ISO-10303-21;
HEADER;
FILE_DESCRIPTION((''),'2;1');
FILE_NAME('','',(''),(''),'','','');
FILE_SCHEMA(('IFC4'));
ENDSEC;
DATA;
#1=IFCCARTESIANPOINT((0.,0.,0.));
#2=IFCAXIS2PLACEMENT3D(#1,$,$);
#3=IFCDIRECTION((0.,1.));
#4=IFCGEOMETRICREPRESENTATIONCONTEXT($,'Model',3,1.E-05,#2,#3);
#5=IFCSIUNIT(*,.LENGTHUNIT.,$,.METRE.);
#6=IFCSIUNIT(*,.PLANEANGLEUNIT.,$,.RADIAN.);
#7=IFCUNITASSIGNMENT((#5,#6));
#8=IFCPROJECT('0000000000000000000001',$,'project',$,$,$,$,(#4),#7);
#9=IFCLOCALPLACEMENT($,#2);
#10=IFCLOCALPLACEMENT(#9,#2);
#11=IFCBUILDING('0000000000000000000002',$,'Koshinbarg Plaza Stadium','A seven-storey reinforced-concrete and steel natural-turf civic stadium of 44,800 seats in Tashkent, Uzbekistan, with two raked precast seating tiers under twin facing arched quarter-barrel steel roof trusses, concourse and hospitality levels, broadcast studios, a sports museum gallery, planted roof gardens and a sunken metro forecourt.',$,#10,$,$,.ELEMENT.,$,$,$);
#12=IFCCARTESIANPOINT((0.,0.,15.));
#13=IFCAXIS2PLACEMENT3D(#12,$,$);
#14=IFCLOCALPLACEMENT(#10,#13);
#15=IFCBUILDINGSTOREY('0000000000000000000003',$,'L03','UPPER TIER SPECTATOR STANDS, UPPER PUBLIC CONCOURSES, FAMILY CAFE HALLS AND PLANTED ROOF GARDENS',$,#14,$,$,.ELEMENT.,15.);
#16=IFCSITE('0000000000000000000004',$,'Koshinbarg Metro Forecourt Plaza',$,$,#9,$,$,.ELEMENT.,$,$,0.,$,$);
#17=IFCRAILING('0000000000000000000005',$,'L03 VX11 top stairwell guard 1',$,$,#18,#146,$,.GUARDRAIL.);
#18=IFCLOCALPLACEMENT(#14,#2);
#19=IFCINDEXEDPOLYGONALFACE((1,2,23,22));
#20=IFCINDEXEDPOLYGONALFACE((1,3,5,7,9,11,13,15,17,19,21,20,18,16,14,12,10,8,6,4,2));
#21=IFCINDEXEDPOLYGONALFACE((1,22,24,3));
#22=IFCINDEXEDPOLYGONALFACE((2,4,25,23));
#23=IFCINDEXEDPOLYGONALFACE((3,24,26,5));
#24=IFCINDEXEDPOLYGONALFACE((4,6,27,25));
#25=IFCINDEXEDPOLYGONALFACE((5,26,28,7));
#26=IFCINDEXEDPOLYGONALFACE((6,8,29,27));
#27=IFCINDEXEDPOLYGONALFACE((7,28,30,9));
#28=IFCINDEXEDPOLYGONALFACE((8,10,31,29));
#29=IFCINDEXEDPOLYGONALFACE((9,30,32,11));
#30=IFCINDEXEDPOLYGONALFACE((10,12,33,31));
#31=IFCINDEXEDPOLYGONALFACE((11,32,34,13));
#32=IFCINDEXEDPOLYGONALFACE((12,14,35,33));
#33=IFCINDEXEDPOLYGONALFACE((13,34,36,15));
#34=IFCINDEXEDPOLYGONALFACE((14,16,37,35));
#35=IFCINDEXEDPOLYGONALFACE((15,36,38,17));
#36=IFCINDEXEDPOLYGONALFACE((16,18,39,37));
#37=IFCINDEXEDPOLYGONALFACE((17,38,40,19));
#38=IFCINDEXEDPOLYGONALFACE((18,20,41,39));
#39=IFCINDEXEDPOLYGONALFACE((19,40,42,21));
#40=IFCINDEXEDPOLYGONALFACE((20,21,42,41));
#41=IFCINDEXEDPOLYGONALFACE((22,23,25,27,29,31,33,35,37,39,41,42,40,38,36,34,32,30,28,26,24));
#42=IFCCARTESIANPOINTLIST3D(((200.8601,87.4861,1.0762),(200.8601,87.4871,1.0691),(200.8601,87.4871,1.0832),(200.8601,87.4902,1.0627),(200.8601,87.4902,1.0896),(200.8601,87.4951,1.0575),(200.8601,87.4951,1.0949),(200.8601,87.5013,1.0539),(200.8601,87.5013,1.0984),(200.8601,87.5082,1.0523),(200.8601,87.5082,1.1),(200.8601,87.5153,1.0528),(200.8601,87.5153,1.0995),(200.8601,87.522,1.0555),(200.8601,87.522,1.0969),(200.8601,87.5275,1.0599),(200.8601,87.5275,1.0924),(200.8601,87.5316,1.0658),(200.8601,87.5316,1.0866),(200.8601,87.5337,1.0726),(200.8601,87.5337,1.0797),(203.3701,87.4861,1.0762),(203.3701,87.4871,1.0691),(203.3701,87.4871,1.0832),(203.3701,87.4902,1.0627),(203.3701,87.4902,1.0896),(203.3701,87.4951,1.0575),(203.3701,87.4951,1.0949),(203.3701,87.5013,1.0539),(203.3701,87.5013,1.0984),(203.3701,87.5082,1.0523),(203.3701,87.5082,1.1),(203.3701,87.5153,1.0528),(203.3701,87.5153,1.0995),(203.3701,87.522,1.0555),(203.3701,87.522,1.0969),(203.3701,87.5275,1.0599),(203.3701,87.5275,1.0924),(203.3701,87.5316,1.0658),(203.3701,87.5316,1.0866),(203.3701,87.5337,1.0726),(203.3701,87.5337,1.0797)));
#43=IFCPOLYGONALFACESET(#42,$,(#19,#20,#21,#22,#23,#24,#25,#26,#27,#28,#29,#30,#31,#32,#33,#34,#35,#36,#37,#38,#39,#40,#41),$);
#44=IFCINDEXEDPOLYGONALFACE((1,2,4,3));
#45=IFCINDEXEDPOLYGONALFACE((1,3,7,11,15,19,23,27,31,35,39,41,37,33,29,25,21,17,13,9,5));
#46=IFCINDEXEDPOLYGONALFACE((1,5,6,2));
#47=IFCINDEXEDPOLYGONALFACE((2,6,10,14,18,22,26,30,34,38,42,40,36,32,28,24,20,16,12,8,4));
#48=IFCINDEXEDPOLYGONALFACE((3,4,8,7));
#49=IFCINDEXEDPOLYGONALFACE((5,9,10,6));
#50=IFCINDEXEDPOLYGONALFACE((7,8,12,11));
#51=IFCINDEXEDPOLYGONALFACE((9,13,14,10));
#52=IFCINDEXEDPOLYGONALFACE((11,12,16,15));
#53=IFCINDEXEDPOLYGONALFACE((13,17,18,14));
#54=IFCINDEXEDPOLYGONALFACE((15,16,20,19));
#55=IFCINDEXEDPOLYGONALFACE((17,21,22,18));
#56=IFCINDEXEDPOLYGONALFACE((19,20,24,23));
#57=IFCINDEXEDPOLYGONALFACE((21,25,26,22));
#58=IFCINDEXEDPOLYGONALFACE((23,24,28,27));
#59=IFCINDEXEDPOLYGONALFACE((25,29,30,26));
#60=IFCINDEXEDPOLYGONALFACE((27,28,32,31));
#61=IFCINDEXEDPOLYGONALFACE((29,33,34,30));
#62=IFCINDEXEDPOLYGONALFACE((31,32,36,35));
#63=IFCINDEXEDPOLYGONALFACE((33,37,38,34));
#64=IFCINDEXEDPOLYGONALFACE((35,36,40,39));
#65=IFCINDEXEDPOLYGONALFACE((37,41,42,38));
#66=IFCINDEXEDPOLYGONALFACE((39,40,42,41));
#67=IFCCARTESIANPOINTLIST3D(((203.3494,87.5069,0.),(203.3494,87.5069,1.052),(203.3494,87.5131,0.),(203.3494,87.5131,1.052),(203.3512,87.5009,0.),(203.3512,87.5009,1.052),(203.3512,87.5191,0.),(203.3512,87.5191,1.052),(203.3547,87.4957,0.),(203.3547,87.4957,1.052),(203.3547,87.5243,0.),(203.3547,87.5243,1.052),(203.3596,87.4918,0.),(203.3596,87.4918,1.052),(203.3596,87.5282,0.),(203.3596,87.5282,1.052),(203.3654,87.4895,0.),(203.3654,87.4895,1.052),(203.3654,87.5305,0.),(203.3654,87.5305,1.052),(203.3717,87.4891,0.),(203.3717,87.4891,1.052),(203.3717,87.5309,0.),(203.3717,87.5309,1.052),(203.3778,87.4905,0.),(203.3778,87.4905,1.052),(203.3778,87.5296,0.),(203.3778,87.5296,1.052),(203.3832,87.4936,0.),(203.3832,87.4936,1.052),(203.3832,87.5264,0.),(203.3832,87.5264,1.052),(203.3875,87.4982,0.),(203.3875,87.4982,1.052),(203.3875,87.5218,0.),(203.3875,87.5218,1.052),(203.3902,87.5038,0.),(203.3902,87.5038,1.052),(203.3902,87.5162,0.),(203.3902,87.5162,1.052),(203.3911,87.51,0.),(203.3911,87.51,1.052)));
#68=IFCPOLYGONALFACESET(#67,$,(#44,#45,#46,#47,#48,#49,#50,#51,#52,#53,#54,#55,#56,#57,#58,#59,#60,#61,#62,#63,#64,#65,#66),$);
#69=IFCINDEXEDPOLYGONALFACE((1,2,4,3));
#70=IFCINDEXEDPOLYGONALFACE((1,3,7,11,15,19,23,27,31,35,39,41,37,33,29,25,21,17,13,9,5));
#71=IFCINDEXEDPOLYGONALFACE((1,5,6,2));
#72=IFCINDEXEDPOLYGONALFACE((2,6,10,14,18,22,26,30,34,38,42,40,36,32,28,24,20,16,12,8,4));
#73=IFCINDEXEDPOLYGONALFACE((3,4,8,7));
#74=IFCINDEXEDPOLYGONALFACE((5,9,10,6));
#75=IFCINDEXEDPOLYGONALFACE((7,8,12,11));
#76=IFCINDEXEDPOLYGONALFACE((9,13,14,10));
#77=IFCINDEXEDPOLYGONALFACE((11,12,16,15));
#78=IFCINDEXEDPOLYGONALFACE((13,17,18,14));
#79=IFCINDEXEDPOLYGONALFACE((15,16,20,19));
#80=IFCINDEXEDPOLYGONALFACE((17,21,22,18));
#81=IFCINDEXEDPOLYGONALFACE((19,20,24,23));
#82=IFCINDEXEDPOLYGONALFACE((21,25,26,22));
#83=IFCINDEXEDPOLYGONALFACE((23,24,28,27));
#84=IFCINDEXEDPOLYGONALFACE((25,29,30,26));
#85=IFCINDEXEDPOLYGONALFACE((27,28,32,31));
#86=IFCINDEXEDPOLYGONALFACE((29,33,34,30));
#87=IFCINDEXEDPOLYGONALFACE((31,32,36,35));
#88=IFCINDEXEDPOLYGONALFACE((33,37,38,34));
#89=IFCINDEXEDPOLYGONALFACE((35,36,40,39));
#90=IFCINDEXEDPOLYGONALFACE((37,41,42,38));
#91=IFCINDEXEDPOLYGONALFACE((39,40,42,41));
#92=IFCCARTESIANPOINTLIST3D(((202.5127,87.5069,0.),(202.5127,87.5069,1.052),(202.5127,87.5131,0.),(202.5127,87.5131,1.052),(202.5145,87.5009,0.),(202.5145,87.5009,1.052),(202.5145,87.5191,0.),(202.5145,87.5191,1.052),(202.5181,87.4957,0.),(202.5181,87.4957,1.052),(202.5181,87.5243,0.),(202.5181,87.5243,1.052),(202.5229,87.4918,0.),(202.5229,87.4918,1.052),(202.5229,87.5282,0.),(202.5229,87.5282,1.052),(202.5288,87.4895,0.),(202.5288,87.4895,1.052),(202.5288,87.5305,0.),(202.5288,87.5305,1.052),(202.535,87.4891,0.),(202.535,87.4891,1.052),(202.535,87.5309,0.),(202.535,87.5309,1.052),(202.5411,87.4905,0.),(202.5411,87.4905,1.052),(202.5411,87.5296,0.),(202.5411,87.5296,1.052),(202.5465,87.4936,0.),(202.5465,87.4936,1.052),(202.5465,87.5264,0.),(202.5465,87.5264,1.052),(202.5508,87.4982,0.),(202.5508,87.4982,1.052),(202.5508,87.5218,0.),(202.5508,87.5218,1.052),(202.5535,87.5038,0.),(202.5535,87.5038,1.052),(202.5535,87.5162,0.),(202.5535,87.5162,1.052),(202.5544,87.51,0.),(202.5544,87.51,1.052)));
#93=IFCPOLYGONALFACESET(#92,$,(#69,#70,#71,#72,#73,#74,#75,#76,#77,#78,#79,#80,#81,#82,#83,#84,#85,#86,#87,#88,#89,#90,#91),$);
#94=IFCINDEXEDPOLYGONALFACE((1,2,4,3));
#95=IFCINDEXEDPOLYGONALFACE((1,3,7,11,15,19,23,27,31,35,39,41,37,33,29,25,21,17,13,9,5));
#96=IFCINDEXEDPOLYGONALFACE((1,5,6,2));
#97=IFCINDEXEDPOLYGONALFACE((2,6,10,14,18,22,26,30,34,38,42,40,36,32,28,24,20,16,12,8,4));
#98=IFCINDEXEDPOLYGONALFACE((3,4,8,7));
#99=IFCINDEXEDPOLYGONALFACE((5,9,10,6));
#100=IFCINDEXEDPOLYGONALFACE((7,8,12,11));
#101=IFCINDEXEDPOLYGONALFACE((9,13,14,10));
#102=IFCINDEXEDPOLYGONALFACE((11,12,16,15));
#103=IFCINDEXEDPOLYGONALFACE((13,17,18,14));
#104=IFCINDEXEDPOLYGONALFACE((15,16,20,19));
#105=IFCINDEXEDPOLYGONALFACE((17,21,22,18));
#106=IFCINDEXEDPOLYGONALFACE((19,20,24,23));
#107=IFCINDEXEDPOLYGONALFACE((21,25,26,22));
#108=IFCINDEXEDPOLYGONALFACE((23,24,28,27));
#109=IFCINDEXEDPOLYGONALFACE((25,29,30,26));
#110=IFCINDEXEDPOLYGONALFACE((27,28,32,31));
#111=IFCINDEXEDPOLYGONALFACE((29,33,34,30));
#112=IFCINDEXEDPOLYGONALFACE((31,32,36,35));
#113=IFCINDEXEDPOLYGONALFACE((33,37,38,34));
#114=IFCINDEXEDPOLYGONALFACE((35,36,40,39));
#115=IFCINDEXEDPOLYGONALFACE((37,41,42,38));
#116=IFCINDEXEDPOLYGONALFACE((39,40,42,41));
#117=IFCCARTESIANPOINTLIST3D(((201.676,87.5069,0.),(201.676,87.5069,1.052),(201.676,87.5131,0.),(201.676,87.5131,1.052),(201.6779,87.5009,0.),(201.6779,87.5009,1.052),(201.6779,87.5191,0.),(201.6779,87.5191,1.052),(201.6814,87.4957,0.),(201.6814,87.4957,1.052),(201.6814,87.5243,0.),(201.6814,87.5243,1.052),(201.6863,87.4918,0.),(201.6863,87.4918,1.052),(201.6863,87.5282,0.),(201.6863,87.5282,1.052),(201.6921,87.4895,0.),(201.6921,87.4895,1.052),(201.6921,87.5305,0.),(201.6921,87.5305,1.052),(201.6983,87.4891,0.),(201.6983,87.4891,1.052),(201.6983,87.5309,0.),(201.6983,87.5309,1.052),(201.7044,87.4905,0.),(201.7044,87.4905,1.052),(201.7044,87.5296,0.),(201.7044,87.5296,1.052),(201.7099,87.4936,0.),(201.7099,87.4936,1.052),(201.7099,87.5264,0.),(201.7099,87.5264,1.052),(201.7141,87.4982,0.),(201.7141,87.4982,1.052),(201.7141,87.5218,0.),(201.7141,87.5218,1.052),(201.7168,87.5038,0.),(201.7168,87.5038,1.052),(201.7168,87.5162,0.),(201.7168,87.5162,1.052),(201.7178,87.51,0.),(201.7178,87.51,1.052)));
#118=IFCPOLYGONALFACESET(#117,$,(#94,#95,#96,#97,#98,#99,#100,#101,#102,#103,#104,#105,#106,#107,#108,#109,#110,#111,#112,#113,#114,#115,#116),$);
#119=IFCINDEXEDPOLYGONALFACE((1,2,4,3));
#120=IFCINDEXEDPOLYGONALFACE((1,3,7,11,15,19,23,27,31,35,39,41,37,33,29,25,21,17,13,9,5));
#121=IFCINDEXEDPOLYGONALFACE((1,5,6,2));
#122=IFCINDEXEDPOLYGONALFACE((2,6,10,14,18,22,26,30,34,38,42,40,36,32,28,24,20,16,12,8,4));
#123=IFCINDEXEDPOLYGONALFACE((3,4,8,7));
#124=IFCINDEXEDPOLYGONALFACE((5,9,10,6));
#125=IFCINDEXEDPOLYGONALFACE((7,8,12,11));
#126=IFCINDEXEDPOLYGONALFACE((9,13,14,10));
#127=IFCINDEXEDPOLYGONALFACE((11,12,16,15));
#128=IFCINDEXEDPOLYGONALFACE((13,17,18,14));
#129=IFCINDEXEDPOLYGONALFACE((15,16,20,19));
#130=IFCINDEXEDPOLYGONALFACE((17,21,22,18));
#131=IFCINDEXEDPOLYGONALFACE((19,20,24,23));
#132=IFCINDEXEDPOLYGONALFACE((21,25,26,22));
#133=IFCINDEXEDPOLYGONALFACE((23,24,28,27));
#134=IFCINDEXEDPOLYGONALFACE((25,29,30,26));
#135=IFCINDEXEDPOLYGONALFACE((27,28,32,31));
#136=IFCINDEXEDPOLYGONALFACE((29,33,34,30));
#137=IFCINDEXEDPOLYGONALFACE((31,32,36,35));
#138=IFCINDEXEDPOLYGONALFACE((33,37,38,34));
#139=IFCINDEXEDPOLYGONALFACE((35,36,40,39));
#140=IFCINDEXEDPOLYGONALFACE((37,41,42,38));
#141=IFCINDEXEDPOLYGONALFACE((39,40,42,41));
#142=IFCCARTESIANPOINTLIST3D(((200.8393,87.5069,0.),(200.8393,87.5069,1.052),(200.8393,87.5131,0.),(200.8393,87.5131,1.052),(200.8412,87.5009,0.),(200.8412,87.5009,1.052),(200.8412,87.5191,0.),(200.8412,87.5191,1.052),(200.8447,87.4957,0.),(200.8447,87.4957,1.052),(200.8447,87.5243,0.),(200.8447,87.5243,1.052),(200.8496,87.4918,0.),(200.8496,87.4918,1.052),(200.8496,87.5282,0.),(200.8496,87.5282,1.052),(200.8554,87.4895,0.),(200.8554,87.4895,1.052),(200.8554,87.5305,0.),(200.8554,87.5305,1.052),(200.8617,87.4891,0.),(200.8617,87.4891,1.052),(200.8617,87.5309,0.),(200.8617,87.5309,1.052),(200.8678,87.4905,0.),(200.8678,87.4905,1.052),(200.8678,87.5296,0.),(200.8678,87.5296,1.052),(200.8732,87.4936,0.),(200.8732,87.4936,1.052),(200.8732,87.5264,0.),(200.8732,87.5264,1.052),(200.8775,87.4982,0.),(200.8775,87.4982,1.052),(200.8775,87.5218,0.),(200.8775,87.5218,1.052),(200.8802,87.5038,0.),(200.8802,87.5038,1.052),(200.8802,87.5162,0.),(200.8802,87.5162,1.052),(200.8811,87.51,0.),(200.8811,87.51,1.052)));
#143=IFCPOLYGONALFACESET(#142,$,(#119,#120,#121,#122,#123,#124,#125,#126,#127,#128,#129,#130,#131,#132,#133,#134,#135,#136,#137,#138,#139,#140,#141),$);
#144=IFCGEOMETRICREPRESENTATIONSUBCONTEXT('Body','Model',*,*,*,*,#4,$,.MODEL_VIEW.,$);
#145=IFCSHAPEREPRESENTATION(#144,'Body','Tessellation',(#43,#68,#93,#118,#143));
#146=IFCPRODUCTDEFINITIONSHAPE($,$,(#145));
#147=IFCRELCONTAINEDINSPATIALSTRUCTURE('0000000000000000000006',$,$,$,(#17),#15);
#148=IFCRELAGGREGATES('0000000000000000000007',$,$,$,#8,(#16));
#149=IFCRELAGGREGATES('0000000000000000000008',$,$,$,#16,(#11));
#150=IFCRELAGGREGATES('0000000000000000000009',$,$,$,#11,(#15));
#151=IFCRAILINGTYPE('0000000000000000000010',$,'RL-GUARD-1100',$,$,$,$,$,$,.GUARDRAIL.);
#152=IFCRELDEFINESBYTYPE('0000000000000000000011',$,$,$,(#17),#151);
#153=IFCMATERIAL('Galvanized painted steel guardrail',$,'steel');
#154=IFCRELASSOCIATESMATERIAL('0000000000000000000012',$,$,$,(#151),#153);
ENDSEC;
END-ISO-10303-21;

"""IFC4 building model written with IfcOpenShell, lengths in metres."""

from ifc_helpers import new_model, si_unit, direction, frame, origin, origin_2d, place, context, subcontext, project, spatial, circle, extrude, material, type_object, element, save


model = new_model("IFC4")

# Units and contexts
model_context = context("Model", 3, precision=1e-05, world=origin(), true_north=direction((0.0, 1.0)))
body_context = subcontext(model_context, "Body", "Model", "MODEL_VIEW")
ifc_project = project(units=[si_unit("LENGTHUNIT", "METRE"), si_unit("PLANEANGLEUNIT", "RADIAN")], contexts=[model_context])

# Site, building, storey
site_placement = place(None, origin())
site = spatial("IfcSite", under=ifc_project, at=site_placement, Name="Koshinbarg Metro Forecourt Plaza", CompositionType="ELEMENT", RefElevation=0.0)
building_placement = place(site_placement, origin())
building = spatial("IfcBuilding", under=site, at=building_placement, Name="Koshinbarg Plaza Stadium", Description="A seven-storey reinforced-concrete and steel natural-turf civic stadium of 44,800 seats in Tashkent, Uzbekistan, with two raked precast seating tiers under twin facing arched quarter-barrel steel roof trusses, concourse and hospitality levels, broadcast studios, a sports museum gallery, planted roof gardens and a sunken metro forecourt.", CompositionType="ELEMENT")
storey_placement = place(building_placement, frame((0.0, 0.0, 15.0)))
storey = spatial("IfcBuildingStorey", under=building, at=storey_placement, Name="L03", Description="UPPER TIER SPECTATOR STANDS, UPPER PUBLIC CONCOURSES, FAMILY CAFE HALLS AND PLANTED ROOF GARDENS", CompositionType="ELEMENT", Elevation=15.0)

# Railing
ifc_material_1 = material(Name="Galvanized painted steel guardrail", Category="steel")
railing_type = type_object("IfcRailingType", Name="RL-GUARD-1100", PredefinedType="GUARDRAIL", material=ifc_material_1)
for number, where, name in (
    (1, (203.3701, 87.51, 0.0), "L03 VX11 top stairwell guard 1"),
):
    element("IfcRailing", number, at=place(storey_placement, frame(where)), inside=storey, type_object=railing_type, Name=name, PredefinedType="GUARDRAIL", context=body_context, shape_type="SweptSolid", body=[
        extrude(circle(Radius=0.0239, at=origin_2d()), frame((0.0, 0.0, 1.0762), z_axis=(-1.0, 0.0, 0.0), x_axis=(0.0, -1.0, 0.0)), (0.0, 0.0, 1.0), 2.51),
        extrude(circle(Radius=0.021, at=origin_2d()), origin(), (0.0, 0.0, 1.0), 1.052),
        extrude(circle(Radius=0.021, at=origin_2d()), frame((-0.8367, 0.0, 0.0)), (0.0, 0.0, 1.0), 1.052),
        extrude(circle(Radius=0.021, at=origin_2d()), frame((-1.6733, 0.0, 0.0)), (0.0, 0.0, 1.0), 1.052),
        extrude(circle(Radius=0.021, at=origin_2d()), frame((-2.51, 0.0, 0.0)), (0.0, 0.0, 1.0), 1.052),
    ])

save(model, "model.ifc")
